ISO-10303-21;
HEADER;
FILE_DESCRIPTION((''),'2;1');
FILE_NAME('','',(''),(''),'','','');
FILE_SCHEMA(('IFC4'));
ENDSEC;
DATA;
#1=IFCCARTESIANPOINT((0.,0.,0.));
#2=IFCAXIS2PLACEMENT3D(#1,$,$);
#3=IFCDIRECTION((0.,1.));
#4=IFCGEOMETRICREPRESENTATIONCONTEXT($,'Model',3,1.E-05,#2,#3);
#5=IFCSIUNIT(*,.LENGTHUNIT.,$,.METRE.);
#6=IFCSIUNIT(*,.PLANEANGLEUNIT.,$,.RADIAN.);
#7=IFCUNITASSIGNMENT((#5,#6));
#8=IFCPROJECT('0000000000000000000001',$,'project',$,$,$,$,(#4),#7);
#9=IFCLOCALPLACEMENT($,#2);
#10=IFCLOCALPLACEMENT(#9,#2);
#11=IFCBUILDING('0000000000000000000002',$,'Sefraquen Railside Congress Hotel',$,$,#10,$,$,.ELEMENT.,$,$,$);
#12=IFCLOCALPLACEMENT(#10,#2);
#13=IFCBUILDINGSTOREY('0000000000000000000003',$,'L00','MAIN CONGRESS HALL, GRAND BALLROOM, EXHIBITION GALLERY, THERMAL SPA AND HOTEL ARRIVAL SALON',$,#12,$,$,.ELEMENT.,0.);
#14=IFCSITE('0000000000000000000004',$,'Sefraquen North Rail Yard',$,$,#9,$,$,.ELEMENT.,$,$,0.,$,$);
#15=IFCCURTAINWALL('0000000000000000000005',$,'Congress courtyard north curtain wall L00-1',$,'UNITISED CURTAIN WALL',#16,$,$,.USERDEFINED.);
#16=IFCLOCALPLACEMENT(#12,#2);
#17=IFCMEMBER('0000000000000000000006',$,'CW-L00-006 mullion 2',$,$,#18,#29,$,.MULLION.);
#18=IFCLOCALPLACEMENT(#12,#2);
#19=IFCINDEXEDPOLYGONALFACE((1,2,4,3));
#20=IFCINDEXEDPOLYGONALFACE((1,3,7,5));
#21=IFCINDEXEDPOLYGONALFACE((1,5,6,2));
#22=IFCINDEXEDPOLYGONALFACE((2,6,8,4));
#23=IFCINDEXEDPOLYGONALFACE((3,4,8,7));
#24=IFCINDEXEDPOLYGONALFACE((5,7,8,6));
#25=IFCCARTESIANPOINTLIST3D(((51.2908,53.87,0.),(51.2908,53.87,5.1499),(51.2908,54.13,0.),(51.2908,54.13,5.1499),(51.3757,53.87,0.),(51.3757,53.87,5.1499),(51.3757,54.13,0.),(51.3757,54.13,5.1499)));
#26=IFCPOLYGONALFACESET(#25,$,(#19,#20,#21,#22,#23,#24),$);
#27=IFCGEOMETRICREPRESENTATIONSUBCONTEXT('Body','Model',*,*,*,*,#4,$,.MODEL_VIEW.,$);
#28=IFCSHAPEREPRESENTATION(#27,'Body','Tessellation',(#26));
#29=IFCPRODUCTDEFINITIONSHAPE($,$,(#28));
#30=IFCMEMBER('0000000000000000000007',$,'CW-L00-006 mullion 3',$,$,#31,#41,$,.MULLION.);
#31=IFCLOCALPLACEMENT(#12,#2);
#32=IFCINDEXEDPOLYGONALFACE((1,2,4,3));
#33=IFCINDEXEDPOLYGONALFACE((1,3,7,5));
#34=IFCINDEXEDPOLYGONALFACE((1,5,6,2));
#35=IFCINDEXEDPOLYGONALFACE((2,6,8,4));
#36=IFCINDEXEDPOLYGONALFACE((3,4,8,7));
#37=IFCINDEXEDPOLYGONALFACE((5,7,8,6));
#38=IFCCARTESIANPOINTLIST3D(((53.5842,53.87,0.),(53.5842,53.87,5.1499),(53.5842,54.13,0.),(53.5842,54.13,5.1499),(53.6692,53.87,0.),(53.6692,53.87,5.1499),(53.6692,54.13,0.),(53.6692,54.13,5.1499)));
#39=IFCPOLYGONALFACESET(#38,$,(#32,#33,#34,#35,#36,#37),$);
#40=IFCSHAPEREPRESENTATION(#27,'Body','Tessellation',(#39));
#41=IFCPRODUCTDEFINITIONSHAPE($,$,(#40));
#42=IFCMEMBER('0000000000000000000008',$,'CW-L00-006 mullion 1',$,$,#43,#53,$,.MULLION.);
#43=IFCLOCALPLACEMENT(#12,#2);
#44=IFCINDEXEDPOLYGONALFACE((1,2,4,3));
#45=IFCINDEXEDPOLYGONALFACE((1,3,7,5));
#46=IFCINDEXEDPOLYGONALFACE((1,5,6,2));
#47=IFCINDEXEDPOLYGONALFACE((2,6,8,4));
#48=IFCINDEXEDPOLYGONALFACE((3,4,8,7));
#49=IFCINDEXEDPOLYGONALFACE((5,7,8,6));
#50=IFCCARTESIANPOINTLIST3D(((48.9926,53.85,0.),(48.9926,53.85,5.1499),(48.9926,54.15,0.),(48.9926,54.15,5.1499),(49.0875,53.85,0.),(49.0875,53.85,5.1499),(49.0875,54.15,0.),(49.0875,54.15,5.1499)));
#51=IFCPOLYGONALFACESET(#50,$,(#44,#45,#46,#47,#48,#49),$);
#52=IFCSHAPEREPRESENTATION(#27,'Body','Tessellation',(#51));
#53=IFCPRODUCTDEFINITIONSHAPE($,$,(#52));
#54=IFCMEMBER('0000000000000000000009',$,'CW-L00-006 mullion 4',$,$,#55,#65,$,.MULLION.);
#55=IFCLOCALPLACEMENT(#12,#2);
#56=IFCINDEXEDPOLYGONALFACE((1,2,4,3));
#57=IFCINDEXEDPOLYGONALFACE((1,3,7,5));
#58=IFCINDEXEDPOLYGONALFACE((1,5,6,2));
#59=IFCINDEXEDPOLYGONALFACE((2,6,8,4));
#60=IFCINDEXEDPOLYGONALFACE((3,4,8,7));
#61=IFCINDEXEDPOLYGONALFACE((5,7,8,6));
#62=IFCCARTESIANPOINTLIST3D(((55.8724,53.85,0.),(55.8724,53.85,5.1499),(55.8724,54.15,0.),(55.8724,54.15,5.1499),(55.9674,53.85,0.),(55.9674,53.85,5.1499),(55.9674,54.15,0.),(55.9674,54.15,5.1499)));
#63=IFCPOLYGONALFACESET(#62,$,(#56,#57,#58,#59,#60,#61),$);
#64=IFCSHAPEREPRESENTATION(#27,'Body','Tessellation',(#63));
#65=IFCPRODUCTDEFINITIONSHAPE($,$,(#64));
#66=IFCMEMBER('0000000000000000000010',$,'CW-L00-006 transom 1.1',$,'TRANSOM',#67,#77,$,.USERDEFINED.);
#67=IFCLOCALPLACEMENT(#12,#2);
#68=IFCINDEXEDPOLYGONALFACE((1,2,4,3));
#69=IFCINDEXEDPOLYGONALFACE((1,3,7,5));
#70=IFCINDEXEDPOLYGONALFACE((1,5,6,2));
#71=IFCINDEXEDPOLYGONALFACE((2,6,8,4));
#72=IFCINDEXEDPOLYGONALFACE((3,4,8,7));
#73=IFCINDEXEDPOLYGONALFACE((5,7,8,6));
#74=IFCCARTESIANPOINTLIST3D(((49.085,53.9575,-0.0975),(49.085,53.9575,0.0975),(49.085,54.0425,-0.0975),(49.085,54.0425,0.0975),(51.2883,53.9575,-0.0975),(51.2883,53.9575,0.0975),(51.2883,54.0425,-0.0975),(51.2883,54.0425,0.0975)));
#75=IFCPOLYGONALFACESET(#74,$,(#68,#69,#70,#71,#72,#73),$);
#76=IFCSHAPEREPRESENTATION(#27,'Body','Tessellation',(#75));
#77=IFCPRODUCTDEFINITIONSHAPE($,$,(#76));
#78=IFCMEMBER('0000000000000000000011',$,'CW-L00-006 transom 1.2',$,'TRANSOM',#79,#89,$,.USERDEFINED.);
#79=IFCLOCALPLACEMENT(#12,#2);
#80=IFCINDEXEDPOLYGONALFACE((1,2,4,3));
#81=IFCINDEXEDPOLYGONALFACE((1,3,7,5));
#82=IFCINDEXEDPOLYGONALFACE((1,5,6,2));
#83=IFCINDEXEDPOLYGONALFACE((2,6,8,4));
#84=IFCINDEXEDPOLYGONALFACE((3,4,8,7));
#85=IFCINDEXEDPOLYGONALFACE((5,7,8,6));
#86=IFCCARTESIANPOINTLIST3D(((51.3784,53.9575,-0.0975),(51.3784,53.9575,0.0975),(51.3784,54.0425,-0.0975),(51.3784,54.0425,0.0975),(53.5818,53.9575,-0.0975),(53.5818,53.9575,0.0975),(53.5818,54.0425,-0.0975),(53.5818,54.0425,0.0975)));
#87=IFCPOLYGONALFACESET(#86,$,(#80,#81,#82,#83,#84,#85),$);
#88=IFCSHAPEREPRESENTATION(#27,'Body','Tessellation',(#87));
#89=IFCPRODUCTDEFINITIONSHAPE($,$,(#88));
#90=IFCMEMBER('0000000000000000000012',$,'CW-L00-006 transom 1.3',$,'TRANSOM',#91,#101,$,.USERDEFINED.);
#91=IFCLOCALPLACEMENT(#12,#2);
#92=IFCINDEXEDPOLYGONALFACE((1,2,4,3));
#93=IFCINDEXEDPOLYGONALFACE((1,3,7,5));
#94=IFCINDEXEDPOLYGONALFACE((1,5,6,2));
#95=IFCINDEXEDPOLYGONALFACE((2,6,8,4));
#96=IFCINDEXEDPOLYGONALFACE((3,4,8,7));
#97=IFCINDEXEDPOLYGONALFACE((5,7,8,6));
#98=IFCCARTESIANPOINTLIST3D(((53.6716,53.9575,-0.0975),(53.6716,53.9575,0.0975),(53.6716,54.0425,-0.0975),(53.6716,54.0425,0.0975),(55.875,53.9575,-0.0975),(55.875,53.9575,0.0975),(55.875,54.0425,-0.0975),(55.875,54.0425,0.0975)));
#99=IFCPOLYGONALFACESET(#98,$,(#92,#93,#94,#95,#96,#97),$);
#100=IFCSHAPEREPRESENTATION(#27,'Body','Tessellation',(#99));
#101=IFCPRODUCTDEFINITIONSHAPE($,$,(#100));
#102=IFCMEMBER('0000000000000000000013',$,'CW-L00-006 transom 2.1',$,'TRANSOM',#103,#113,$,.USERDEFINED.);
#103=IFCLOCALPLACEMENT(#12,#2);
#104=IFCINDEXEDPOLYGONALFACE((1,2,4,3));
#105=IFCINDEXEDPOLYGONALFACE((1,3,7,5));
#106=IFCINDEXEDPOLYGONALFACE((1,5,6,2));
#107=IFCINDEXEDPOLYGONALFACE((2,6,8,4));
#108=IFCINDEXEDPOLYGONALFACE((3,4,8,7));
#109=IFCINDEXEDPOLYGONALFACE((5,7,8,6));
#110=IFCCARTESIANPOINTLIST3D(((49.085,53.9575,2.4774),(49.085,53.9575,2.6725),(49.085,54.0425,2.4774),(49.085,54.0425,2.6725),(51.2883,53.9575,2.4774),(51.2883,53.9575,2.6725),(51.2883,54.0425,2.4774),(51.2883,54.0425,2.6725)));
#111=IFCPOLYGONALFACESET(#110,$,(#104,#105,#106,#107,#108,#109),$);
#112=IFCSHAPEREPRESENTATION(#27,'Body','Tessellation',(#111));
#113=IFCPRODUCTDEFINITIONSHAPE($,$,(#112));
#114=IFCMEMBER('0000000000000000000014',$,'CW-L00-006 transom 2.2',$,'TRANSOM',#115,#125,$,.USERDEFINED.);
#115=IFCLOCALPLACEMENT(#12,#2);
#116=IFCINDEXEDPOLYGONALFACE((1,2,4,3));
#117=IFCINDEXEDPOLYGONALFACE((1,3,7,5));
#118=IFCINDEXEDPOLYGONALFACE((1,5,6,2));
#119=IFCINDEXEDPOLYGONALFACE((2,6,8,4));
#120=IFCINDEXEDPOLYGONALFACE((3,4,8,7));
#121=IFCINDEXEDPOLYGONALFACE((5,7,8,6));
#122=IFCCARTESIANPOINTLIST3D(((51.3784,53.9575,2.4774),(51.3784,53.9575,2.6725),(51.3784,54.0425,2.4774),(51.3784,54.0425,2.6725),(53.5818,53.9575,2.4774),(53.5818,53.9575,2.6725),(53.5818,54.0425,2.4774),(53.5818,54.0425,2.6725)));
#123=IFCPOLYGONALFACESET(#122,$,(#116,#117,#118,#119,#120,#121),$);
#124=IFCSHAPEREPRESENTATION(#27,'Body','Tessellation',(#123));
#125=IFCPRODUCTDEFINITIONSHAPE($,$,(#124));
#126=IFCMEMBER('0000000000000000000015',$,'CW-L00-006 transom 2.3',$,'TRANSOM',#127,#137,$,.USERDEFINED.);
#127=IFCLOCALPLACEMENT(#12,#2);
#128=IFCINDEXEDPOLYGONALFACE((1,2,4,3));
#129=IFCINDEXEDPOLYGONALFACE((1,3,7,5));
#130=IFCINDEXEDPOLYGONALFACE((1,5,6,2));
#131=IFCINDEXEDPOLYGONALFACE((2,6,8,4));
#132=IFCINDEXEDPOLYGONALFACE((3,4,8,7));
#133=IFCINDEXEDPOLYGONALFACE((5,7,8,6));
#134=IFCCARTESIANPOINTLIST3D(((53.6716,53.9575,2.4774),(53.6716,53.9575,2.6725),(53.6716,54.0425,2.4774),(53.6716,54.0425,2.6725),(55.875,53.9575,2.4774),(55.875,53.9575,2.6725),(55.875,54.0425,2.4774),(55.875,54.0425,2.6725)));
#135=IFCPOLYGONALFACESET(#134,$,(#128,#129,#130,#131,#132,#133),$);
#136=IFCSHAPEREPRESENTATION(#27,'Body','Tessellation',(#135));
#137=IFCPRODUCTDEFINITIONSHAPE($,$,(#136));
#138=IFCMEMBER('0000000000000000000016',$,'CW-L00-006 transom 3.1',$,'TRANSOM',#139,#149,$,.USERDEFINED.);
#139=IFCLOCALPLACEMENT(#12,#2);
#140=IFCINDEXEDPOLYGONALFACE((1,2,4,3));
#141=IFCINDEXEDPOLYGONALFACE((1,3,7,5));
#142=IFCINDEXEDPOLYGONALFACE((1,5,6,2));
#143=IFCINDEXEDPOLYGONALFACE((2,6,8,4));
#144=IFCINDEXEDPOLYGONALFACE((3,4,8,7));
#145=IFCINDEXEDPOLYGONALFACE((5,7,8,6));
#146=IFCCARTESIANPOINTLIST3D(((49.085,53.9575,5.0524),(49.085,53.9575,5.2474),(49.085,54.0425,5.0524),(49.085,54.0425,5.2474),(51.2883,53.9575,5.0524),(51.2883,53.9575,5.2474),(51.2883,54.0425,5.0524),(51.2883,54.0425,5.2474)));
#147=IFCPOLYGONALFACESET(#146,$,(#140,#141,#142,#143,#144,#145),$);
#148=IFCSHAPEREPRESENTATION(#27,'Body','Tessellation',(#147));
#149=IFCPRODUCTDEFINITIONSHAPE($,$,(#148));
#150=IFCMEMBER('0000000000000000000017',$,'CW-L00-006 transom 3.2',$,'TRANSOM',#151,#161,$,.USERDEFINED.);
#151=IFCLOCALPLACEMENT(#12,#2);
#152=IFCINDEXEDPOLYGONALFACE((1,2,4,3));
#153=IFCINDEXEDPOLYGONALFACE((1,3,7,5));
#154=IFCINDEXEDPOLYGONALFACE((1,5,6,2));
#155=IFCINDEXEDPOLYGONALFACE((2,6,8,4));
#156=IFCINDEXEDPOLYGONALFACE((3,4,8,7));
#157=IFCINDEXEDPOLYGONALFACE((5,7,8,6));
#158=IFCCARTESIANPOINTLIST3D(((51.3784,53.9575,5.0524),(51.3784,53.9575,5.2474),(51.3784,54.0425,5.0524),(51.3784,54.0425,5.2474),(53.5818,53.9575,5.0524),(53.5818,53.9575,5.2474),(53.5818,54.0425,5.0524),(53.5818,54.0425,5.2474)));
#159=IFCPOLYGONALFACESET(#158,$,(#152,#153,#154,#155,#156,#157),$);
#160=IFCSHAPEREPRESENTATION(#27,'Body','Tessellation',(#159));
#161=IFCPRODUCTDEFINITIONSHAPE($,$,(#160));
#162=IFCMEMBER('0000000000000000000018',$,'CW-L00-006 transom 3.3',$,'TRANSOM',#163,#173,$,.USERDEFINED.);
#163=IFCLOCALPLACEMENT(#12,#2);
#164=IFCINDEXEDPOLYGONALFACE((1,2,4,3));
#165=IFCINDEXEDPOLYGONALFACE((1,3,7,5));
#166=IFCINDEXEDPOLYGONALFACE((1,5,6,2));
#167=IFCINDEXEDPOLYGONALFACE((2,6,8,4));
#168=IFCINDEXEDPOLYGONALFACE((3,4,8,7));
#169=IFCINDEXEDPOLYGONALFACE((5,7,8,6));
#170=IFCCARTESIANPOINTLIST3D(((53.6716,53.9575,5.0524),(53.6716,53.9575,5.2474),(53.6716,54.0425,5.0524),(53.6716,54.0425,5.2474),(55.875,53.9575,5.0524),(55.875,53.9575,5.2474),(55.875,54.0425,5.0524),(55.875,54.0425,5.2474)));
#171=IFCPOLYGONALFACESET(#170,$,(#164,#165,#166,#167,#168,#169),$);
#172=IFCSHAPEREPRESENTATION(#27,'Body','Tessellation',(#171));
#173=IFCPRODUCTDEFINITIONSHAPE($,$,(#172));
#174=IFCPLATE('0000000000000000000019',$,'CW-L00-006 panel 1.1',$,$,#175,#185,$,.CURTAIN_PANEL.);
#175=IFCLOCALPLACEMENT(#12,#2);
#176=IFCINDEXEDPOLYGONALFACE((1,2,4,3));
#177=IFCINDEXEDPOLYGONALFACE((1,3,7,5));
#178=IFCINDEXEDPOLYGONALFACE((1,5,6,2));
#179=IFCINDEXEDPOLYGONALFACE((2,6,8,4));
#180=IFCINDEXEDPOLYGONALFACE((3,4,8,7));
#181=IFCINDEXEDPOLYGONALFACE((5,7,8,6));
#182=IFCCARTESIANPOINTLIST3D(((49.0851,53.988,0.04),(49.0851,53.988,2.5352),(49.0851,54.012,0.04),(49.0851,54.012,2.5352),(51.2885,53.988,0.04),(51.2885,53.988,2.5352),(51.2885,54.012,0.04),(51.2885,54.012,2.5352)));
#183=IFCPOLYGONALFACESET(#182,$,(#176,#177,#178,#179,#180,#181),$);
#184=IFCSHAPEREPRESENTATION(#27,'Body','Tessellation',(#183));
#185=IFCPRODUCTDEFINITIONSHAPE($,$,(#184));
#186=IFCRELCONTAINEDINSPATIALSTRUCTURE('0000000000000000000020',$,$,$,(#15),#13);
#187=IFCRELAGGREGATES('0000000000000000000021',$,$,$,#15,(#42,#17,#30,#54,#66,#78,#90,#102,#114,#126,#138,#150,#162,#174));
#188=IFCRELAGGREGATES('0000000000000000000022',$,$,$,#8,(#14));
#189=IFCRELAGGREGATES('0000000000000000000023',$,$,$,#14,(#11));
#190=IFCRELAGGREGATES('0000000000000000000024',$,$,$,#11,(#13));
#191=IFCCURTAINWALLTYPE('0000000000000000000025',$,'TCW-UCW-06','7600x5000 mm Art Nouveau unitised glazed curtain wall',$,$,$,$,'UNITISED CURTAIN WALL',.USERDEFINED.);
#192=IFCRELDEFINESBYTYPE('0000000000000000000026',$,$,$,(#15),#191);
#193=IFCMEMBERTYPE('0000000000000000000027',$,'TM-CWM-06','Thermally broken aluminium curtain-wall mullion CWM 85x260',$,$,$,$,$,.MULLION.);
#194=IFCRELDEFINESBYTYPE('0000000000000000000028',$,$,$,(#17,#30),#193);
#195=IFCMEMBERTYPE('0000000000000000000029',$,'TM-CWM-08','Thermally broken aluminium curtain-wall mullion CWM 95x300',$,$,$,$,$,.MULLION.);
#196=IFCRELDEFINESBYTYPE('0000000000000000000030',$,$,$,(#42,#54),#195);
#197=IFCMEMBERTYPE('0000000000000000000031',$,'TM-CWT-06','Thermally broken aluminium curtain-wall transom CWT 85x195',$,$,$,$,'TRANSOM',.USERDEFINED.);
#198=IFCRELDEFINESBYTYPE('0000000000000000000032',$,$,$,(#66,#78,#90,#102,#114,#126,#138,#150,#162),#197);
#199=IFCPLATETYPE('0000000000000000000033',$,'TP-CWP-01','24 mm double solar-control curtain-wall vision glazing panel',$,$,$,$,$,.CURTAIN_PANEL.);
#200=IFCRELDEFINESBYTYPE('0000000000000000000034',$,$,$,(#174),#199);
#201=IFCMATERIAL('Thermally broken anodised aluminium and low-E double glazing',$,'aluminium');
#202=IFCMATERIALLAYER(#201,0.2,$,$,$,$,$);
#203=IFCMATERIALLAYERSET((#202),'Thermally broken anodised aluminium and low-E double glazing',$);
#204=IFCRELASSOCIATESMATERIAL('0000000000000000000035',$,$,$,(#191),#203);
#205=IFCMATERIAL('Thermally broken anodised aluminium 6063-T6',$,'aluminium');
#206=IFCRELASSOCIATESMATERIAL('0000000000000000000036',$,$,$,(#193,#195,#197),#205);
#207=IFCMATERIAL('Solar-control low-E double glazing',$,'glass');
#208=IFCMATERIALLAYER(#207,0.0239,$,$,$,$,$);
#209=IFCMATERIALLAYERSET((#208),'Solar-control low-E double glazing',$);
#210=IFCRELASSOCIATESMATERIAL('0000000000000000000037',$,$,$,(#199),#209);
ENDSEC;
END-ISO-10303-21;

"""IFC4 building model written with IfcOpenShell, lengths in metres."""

from ifc_helpers import new_model, si_unit, direction, frame, origin, origin_2d, place, context, subcontext, project, spatial, rectangle, extrude, material, layer, layer_set, material_profile, profile_set, type_object, element, aggregate, save


model = new_model("IFC4")

# Units and contexts
model_context = context("Model", 3, precision=1e-05, world=origin(), true_north=direction((0.0, 1.0)))
body_context = subcontext(model_context, "Body", "Model", "MODEL_VIEW")
ifc_project = project(units=[si_unit("LENGTHUNIT", "METRE"), si_unit("PLANEANGLEUNIT", "RADIAN")], contexts=[model_context])

# Site, building, storey
site_placement = place(None, origin())
site = spatial("IfcSite", under=ifc_project, at=site_placement, Name="Sefraquen North Rail Yard", CompositionType="ELEMENT", RefElevation=0.0)
building_placement = place(site_placement, origin())
building = spatial("IfcBuilding", under=site, at=building_placement, Name="Sefraquen Railside Congress Hotel", CompositionType="ELEMENT")
storey_placement = place(building_placement, origin())
storey = spatial("IfcBuildingStorey", under=building, at=storey_placement, Name="L00", Description="MAIN CONGRESS HALL, GRAND BALLROOM, EXHIBITION GALLERY, THERMAL SPA AND HOTEL ARRIVAL SALON", CompositionType="ELEMENT", Elevation=0.0)

# Curtain wall, members, plate
ifc_material_1 = material(Name="Thermally broken anodised aluminium and low-E double glazing", Category="aluminium")
ifc_layer_1 = layer(ifc_material_1, 0.2)
ifc_layer_set_1 = layer_set([ifc_layer_1], Name="Thermally broken anodised aluminium and low-E double glazing")
curtain_wall_type = type_object("IfcCurtainWallType", Name="TCW-UCW-06", Description="7600x5000 mm Art Nouveau unitised glazed curtain wall", ElementType="UNITISED CURTAIN WALL", PredefinedType="USERDEFINED", material=ifc_layer_set_1)
curtain_wall_placement = place(storey_placement, origin())
curtain_wall = element("IfcCurtainWall", 1, at=curtain_wall_placement, inside=storey, type_object=curtain_wall_type, Name="Congress courtyard north curtain wall L00-1", ObjectType="UNITISED CURTAIN WALL", PredefinedType="USERDEFINED")
ifc_material_2 = material(Name="Thermally broken anodised aluminium 6063-T6", Category="aluminium")
ifc_material_profile_1 = material_profile(ifc_material_2, rectangle(XDim=0.085, YDim=0.26, at=origin_2d()), Name="CWM 85x260")
ifc_profile_set_1 = profile_set([ifc_material_profile_1], Name="Thermally broken anodised aluminium 6063-T6")
member_type_1 = type_object("IfcMemberType", Name="TM-CWM-06", Description="Thermally broken aluminium curtain-wall mullion CWM 85x260", PredefinedType="MULLION", material=ifc_profile_set_1)
member_1_placement = place(storey_placement, frame((51.3333, 54.0, 0.0), z_axis=(0.0, 0.0, 1.0), x_axis=(1.0, 0.0, 0.0)))
member_1 = element("IfcMember", 2, at=member_1_placement, type_object=member_type_1, Name="CW-L00-006 mullion 2", PredefinedType="MULLION", context=body_context, shape_type="SweptSolid", body=[
    extrude(rectangle(XDim=0.085, YDim=0.26, at=origin_2d()), origin(), (0.0, 0.0, 1.0), 5.1499),
])
member_2_placement = place(storey_placement, frame((53.6267, 54.0, 0.0), z_axis=(0.0, 0.0, 1.0), x_axis=(1.0, 0.0, 0.0)))
member_2 = element("IfcMember", 3, at=member_2_placement, type_object=member_type_1, Name="CW-L00-006 mullion 3", PredefinedType="MULLION", context=body_context, shape_type="SweptSolid", body=[
    extrude(rectangle(XDim=0.085, YDim=0.26, at=origin_2d()), origin(), (0.0, 0.0, 1.0), 5.1499),
])
ifc_material_profile_2 = material_profile(ifc_material_2, rectangle(XDim=0.095, YDim=0.3, at=origin_2d()), Name="CWM 95x300")
ifc_profile_set_2 = profile_set([ifc_material_profile_2], Name="Thermally broken anodised aluminium 6063-T6")
member_type_2 = type_object("IfcMemberType", Name="TM-CWM-08", Description="Thermally broken aluminium curtain-wall mullion CWM 95x300", PredefinedType="MULLION", material=ifc_profile_set_2)
member_3_placement = place(storey_placement, frame((49.04, 54.0, 0.0), z_axis=(0.0, 0.0, 1.0), x_axis=(1.0, 0.0, 0.0)))
member_3 = element("IfcMember", 4, at=member_3_placement, type_object=member_type_2, Name="CW-L00-006 mullion 1", PredefinedType="MULLION", context=body_context, shape_type="SweptSolid", body=[
    extrude(rectangle(XDim=0.095, YDim=0.3, at=origin_2d()), origin(), (0.0, 0.0, 1.0), 5.1499),
])
member_4_placement = place(storey_placement, frame((55.9199, 54.0, 0.0), z_axis=(0.0, 0.0, 1.0), x_axis=(1.0, 0.0, 0.0)))
member_4 = element("IfcMember", 5, at=member_4_placement, type_object=member_type_2, Name="CW-L00-006 mullion 4", PredefinedType="MULLION", context=body_context, shape_type="SweptSolid", body=[
    extrude(rectangle(XDim=0.095, YDim=0.3, at=origin_2d()), origin(), (0.0, 0.0, 1.0), 5.1499),
])
ifc_material_profile_3 = material_profile(ifc_material_2, rectangle(XDim=0.085, YDim=0.1951, at=origin_2d()), Name="CWT 85x195")
ifc_profile_set_3 = profile_set([ifc_material_profile_3], Name="Thermally broken anodised aluminium 6063-T6")
member_type_3 = type_object("IfcMemberType", Name="TM-CWT-06", Description="Thermally broken aluminium curtain-wall transom CWT 85x195", ElementType="TRANSOM", PredefinedType="USERDEFINED", material=ifc_profile_set_3)
member_5_placement = place(storey_placement, frame((49.085, 54.0, 0.0), z_axis=(1.0, 0.0, 0.0), x_axis=(0.0, 1.0, 0.0)))
member_5 = element("IfcMember", 6, at=member_5_placement, type_object=member_type_3, Name="CW-L00-006 transom 1.1", ObjectType="TRANSOM", PredefinedType="USERDEFINED", context=body_context, shape_type="SweptSolid", body=[
    extrude(rectangle(XDim=0.085, YDim=0.1951, at=origin_2d()), origin(), (0.0, 0.0, 1.0), 2.2034),
])
member_6_placement = place(storey_placement, frame((51.3784, 54.0, 0.0), z_axis=(1.0, 0.0, 0.0), x_axis=(0.0, 1.0, 0.0)))
member_6 = element("IfcMember", 7, at=member_6_placement, type_object=member_type_3, Name="CW-L00-006 transom 1.2", ObjectType="TRANSOM", PredefinedType="USERDEFINED", context=body_context, shape_type="SweptSolid", body=[
    extrude(rectangle(XDim=0.085, YDim=0.1951, at=origin_2d()), origin(), (0.0, 0.0, 1.0), 2.2034),
])
member_7_placement = place(storey_placement, frame((53.6716, 54.0, 0.0), z_axis=(1.0, 0.0, 0.0), x_axis=(0.0, 1.0, 0.0)))
member_7 = element("IfcMember", 8, at=member_7_placement, type_object=member_type_3, Name="CW-L00-006 transom 1.3", ObjectType="TRANSOM", PredefinedType="USERDEFINED", context=body_context, shape_type="SweptSolid", body=[
    extrude(rectangle(XDim=0.085, YDim=0.1951, at=origin_2d()), origin(), (0.0, 0.0, 1.0), 2.2034),
])
member_8_placement = place(storey_placement, frame((49.085, 54.0, 2.575), z_axis=(1.0, 0.0, 0.0), x_axis=(0.0, 1.0, 0.0)))
member_8 = element("IfcMember", 9, at=member_8_placement, type_object=member_type_3, Name="CW-L00-006 transom 2.1", ObjectType="TRANSOM", PredefinedType="USERDEFINED", context=body_context, shape_type="SweptSolid", body=[
    extrude(rectangle(XDim=0.085, YDim=0.1951, at=origin_2d()), origin(), (0.0, 0.0, 1.0), 2.2034),
])
member_9_placement = place(storey_placement, frame((51.3784, 54.0, 2.575), z_axis=(1.0, 0.0, 0.0), x_axis=(0.0, 1.0, 0.0)))
member_9 = element("IfcMember", 10, at=member_9_placement, type_object=member_type_3, Name="CW-L00-006 transom 2.2", ObjectType="TRANSOM", PredefinedType="USERDEFINED", context=body_context, shape_type="SweptSolid", body=[
    extrude(rectangle(XDim=0.085, YDim=0.1951, at=origin_2d()), origin(), (0.0, 0.0, 1.0), 2.2034),
])
member_10_placement = place(storey_placement, frame((53.6716, 54.0, 2.575), z_axis=(1.0, 0.0, 0.0), x_axis=(0.0, 1.0, 0.0)))
member_10 = element("IfcMember", 11, at=member_10_placement, type_object=member_type_3, Name="CW-L00-006 transom 2.3", ObjectType="TRANSOM", PredefinedType="USERDEFINED", context=body_context, shape_type="SweptSolid", body=[
    extrude(rectangle(XDim=0.085, YDim=0.1951, at=origin_2d()), origin(), (0.0, 0.0, 1.0), 2.2034),
])
member_11_placement = place(storey_placement, frame((49.085, 54.0, 5.1499), z_axis=(1.0, 0.0, 0.0), x_axis=(0.0, 1.0, 0.0)))
member_11 = element("IfcMember", 12, at=member_11_placement, type_object=member_type_3, Name="CW-L00-006 transom 3.1", ObjectType="TRANSOM", PredefinedType="USERDEFINED", context=body_context, shape_type="SweptSolid", body=[
    extrude(rectangle(XDim=0.085, YDim=0.1951, at=origin_2d()), origin(), (0.0, 0.0, 1.0), 2.2034),
])
member_12_placement = place(storey_placement, frame((51.3784, 54.0, 5.1499), z_axis=(1.0, 0.0, 0.0), x_axis=(0.0, 1.0, 0.0)))
member_12 = element("IfcMember", 13, at=member_12_placement, type_object=member_type_3, Name="CW-L00-006 transom 3.2", ObjectType="TRANSOM", PredefinedType="USERDEFINED", context=body_context, shape_type="SweptSolid", body=[
    extrude(rectangle(XDim=0.085, YDim=0.1951, at=origin_2d()), origin(), (0.0, 0.0, 1.0), 2.2034),
])
member_13_placement = place(storey_placement, frame((53.6716, 54.0, 5.1499), z_axis=(1.0, 0.0, 0.0), x_axis=(0.0, 1.0, 0.0)))
member_13 = element("IfcMember", 14, at=member_13_placement, type_object=member_type_3, Name="CW-L00-006 transom 3.3", ObjectType="TRANSOM", PredefinedType="USERDEFINED", context=body_context, shape_type="SweptSolid", body=[
    extrude(rectangle(XDim=0.085, YDim=0.1951, at=origin_2d()), origin(), (0.0, 0.0, 1.0), 2.2034),
])
ifc_material_3 = material(Name="Solar-control low-E double glazing", Category="glass")
ifc_layer_2 = layer(ifc_material_3, 0.0239)
ifc_layer_set_2 = layer_set([ifc_layer_2], Name="Solar-control low-E double glazing")
plate_type_1 = type_object("IfcPlateType", Name="TP-CWP-01", Description="24 mm double solar-control curtain-wall vision glazing panel", PredefinedType="CURTAIN_PANEL", material=ifc_layer_set_2)
plate_1_placement = place(storey_placement, frame((50.1868, 54.0, 0.04), z_axis=(0.0, 0.0, 1.0), x_axis=(1.0, 0.0, 0.0)))
plate_1 = element("IfcPlate", 15, at=plate_1_placement, type_object=plate_type_1, Name="CW-L00-006 panel 1.1", PredefinedType="CURTAIN_PANEL", context=body_context, shape_type="SweptSolid", body=[
    extrude(rectangle(XDim=2.2034, YDim=0.0239, at=origin_2d()), origin(), (0.0, 0.0, 1.0), 2.4951),
])
aggregate(curtain_wall, [member_3, member_1, member_2, member_4, member_5, member_6, member_7, member_8, member_9, member_10, member_11, member_12, member_13, plate_1])

save(model, "model.ifc")
